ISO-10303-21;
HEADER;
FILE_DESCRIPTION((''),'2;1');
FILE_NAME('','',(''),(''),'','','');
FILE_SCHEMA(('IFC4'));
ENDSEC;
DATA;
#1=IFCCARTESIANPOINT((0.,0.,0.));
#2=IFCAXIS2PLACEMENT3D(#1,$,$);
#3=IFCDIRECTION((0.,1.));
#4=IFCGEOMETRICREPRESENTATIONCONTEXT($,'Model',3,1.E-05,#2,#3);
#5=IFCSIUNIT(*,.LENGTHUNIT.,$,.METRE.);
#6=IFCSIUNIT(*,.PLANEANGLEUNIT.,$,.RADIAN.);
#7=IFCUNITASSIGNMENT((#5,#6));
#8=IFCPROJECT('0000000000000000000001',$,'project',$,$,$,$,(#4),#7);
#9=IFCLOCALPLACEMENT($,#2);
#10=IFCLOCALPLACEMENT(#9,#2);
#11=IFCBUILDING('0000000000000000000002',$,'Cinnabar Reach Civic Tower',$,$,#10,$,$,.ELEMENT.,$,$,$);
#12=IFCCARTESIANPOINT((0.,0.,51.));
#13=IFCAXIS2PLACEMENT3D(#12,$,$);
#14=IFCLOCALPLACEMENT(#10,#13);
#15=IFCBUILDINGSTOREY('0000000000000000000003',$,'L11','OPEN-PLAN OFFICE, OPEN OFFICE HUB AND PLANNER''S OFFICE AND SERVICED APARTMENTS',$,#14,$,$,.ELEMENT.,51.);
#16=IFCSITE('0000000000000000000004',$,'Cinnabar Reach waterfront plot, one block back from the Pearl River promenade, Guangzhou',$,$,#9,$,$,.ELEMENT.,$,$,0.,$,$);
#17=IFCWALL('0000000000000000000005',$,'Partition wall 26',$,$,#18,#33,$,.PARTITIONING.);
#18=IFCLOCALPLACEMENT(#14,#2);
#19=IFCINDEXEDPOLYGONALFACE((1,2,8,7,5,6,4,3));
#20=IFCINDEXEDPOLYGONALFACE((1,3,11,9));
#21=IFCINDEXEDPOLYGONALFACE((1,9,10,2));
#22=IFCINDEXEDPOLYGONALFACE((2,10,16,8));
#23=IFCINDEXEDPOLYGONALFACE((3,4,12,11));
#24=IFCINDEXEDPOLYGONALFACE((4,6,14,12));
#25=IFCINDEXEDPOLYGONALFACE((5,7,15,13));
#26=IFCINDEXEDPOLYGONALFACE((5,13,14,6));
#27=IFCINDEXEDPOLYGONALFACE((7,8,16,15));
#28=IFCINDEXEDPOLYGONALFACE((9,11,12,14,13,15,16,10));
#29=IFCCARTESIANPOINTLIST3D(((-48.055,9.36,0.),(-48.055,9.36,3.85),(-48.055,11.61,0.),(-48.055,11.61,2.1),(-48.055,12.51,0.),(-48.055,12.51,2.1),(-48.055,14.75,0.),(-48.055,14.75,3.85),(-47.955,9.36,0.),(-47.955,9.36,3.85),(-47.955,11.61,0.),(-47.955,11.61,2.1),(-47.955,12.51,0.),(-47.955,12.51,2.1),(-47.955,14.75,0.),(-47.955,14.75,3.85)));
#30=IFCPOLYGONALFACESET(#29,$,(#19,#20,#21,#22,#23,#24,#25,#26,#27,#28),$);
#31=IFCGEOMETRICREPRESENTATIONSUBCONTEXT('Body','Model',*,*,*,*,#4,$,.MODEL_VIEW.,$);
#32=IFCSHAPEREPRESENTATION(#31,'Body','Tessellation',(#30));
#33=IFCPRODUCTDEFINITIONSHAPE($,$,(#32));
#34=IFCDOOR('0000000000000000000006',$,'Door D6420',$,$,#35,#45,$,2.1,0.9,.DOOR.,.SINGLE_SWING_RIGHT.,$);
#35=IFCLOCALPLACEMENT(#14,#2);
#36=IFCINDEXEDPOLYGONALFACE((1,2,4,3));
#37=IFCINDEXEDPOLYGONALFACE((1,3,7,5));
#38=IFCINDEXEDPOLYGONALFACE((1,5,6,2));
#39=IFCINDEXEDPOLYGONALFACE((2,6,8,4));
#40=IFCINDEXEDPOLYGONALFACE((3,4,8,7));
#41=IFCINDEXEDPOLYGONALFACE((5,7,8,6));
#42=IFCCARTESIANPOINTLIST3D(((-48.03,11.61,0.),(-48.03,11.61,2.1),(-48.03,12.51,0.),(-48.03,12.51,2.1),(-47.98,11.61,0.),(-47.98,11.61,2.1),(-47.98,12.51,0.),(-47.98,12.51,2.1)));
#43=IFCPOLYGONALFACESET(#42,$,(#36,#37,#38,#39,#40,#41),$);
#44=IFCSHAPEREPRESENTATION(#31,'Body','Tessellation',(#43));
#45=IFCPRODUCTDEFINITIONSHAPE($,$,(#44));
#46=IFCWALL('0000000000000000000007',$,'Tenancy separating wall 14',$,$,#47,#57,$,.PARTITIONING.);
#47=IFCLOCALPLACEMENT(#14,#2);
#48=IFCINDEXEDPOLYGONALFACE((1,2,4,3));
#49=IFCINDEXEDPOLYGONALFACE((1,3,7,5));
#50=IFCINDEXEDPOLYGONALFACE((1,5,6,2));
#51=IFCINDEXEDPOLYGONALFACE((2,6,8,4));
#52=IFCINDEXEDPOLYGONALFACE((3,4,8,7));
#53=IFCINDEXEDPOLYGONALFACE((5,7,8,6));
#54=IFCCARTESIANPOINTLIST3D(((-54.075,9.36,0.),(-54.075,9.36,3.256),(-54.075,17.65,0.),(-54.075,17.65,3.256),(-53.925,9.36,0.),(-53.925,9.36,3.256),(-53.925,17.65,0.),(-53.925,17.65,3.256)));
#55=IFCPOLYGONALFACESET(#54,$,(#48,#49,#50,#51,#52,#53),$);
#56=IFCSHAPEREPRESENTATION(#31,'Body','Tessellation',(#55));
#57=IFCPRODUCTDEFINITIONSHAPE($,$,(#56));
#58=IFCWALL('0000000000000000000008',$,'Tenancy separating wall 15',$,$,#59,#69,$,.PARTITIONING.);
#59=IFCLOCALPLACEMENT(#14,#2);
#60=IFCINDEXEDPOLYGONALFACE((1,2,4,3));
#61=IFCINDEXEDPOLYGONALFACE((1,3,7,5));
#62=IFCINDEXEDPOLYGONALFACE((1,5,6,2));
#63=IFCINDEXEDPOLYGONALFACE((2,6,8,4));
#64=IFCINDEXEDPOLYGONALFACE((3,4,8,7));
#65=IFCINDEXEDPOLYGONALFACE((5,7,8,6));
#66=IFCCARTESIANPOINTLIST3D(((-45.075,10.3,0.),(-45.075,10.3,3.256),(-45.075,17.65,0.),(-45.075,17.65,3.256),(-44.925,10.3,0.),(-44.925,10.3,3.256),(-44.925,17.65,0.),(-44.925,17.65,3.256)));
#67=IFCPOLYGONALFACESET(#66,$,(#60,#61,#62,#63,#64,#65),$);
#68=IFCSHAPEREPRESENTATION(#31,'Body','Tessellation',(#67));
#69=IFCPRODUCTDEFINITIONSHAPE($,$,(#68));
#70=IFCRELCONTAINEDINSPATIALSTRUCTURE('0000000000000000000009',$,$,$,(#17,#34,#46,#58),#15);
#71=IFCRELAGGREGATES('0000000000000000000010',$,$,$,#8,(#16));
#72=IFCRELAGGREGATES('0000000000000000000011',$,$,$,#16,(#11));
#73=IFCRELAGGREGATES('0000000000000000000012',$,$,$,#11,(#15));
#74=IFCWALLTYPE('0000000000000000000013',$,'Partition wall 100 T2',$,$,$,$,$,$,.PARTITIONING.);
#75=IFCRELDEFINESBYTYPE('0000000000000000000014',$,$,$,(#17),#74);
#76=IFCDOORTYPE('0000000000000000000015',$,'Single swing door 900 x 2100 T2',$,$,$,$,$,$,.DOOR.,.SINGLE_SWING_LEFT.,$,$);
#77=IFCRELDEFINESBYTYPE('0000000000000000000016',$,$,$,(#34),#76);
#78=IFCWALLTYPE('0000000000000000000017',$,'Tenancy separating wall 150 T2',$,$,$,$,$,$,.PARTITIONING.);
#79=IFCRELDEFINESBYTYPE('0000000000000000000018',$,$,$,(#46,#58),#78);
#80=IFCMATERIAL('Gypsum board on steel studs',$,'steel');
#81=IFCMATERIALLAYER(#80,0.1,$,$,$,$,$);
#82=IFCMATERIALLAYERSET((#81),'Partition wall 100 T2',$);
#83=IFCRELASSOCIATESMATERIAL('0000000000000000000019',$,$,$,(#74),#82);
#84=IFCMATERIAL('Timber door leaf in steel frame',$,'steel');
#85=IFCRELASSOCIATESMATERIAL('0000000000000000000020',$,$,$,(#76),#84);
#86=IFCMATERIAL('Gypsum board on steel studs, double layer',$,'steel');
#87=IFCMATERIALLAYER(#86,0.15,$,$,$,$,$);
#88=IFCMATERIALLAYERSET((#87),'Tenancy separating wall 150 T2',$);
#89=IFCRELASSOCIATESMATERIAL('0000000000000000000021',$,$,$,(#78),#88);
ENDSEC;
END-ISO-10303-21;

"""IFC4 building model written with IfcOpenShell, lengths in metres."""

from ifc_helpers import new_model, si_unit, direction, frame, frame_2d, origin, place, context, subcontext, project, spatial, rectangle, extrude, material, layer, layer_set, type_object, element, fill, save


model = new_model("IFC4")

# Units and contexts
model_context = context("Model", 3, precision=1e-05, world=origin(), true_north=direction((0.0, 1.0)))
body_context = subcontext(model_context, "Body", "Model", "MODEL_VIEW")
ifc_project = project(units=[si_unit("LENGTHUNIT", "METRE"), si_unit("PLANEANGLEUNIT", "RADIAN")], contexts=[model_context])

# Site, building, storey
site_placement = place(None, origin())
site = spatial("IfcSite", under=ifc_project, at=site_placement, Name="Cinnabar Reach waterfront plot, one block back from the Pearl River promenade, Guangzhou", CompositionType="ELEMENT", RefElevation=0.0)
building_placement = place(site_placement, origin())
building = spatial("IfcBuilding", under=site, at=building_placement, Name="Cinnabar Reach Civic Tower", CompositionType="ELEMENT")
storey_placement = place(building_placement, frame((0.0, 0.0, 51.0)))
storey = spatial("IfcBuildingStorey", under=building, at=storey_placement, Name="L11", Description="OPEN-PLAN OFFICE, OPEN OFFICE HUB AND PLANNER'S OFFICE AND SERVICED APARTMENTS", CompositionType="ELEMENT", Elevation=51.0)

# Wall, opening, door
ifc_material_1 = material(Name="Gypsum board on steel studs", Category="steel")
ifc_layer_1 = layer(ifc_material_1, 0.1)
ifc_layer_set_1 = layer_set([ifc_layer_1], Name="Partition wall 100 T2")
wall_type_1 = type_object("IfcWallType", Name="Partition wall 100 T2", PredefinedType="PARTITIONING", material=ifc_layer_set_1)
wall_1_placement = place(storey_placement, frame((-48.005, 9.36, 0.0), z_axis=(0.0, 0.0, 1.0), x_axis=(0.0, 1.0, 0.0)))
wall_1 = element("IfcWall", 1, at=wall_1_placement, inside=storey, type_object=wall_type_1, Name="Partition wall 26", PredefinedType="PARTITIONING", context=body_context, shape_type="SweptSolid", body=[
    extrude(rectangle(XDim=5.39, YDim=0.1, at=frame_2d((2.695, 0.0))), origin(), (0.0, 0.0, 1.0), 3.85),
])
opening_1_placement = place(wall_1_placement, frame((2.25, 0.0, 0.0)))
opening_1 = element("IfcOpeningElement", 2, at=opening_1_placement, cuts=wall_1, PredefinedType="OPENING", context=body_context, shape_type="SweptSolid", body=[
    extrude(rectangle(XDim=0.9, YDim=2.1, at=frame_2d((0.45, 1.05))), frame((0.0, 0.06, 0.0), z_axis=(0.0, -1.0, 0.0), x_axis=(1.0, 0.0, 0.0)), (0.0, 0.0, 1.0), 0.12),
])
ifc_material_2 = material(Name="Timber door leaf in steel frame", Category="steel")
door_type_1 = type_object("IfcDoorType", Name="Single swing door 900 x 2100 T2", OperationType="SINGLE_SWING_LEFT", PredefinedType="DOOR", material=ifc_material_2)
door_1_placement = place(opening_1_placement, frame((0.9, 0.0, 0.0), z_axis=(0.0, 0.0, 1.0), x_axis=(-1.0, 0.0, 0.0)))
door_1 = element("IfcDoor", 3, at=door_1_placement, inside=storey, type_object=door_type_1, Name="Door D6420", OperationType="SINGLE_SWING_RIGHT", OverallHeight=2.1, OverallWidth=0.9, PredefinedType="DOOR", context=body_context, shape_type="SweptSolid", body=[
    extrude(rectangle(XDim=0.9, YDim=2.1, at=frame_2d((0.45, 1.05))), frame((0.0, 0.025, 0.0), z_axis=(0.0, -1.0, 0.0), x_axis=(1.0, 0.0, 0.0)), (0.0, 0.0, 1.0), 0.05),
])
fill(opening_1, door_1)

# Walls
ifc_material_3 = material(Name="Gypsum board on steel studs, double layer", Category="steel")
ifc_layer_2 = layer(ifc_material_3, 0.15)
ifc_layer_set_2 = layer_set([ifc_layer_2], Name="Tenancy separating wall 150 T2")
wall_type_2 = type_object("IfcWallType", Name="Tenancy separating wall 150 T2", PredefinedType="PARTITIONING", material=ifc_layer_set_2)
wall_2_placement = place(storey_placement, frame((-54.0, 9.36, 0.0), z_axis=(0.0, 0.0, 1.0), x_axis=(0.0, 1.0, 0.0)))
element("IfcWall", 4, at=wall_2_placement, inside=storey, type_object=wall_type_2, Name="Tenancy separating wall 14", PredefinedType="PARTITIONING", context=body_context, shape_type="SweptSolid", body=[
    extrude(rectangle(XDim=8.29, YDim=0.15, at=frame_2d((4.145, 0.0))), origin(), (0.0, 0.0, 1.0), 3.256),
])
wall_3_placement = place(storey_placement, frame((-45.0, 10.3, 0.0), z_axis=(0.0, 0.0, 1.0), x_axis=(0.0, 1.0, 0.0)))
element("IfcWall", 5, at=wall_3_placement, inside=storey, type_object=wall_type_2, Name="Tenancy separating wall 15", PredefinedType="PARTITIONING", context=body_context, shape_type="SweptSolid", body=[
    extrude(rectangle(XDim=7.35, YDim=0.15, at=frame_2d((3.675, 0.0))), origin(), (0.0, 0.0, 1.0), 3.256),
])

save(model, "model.ifc")
